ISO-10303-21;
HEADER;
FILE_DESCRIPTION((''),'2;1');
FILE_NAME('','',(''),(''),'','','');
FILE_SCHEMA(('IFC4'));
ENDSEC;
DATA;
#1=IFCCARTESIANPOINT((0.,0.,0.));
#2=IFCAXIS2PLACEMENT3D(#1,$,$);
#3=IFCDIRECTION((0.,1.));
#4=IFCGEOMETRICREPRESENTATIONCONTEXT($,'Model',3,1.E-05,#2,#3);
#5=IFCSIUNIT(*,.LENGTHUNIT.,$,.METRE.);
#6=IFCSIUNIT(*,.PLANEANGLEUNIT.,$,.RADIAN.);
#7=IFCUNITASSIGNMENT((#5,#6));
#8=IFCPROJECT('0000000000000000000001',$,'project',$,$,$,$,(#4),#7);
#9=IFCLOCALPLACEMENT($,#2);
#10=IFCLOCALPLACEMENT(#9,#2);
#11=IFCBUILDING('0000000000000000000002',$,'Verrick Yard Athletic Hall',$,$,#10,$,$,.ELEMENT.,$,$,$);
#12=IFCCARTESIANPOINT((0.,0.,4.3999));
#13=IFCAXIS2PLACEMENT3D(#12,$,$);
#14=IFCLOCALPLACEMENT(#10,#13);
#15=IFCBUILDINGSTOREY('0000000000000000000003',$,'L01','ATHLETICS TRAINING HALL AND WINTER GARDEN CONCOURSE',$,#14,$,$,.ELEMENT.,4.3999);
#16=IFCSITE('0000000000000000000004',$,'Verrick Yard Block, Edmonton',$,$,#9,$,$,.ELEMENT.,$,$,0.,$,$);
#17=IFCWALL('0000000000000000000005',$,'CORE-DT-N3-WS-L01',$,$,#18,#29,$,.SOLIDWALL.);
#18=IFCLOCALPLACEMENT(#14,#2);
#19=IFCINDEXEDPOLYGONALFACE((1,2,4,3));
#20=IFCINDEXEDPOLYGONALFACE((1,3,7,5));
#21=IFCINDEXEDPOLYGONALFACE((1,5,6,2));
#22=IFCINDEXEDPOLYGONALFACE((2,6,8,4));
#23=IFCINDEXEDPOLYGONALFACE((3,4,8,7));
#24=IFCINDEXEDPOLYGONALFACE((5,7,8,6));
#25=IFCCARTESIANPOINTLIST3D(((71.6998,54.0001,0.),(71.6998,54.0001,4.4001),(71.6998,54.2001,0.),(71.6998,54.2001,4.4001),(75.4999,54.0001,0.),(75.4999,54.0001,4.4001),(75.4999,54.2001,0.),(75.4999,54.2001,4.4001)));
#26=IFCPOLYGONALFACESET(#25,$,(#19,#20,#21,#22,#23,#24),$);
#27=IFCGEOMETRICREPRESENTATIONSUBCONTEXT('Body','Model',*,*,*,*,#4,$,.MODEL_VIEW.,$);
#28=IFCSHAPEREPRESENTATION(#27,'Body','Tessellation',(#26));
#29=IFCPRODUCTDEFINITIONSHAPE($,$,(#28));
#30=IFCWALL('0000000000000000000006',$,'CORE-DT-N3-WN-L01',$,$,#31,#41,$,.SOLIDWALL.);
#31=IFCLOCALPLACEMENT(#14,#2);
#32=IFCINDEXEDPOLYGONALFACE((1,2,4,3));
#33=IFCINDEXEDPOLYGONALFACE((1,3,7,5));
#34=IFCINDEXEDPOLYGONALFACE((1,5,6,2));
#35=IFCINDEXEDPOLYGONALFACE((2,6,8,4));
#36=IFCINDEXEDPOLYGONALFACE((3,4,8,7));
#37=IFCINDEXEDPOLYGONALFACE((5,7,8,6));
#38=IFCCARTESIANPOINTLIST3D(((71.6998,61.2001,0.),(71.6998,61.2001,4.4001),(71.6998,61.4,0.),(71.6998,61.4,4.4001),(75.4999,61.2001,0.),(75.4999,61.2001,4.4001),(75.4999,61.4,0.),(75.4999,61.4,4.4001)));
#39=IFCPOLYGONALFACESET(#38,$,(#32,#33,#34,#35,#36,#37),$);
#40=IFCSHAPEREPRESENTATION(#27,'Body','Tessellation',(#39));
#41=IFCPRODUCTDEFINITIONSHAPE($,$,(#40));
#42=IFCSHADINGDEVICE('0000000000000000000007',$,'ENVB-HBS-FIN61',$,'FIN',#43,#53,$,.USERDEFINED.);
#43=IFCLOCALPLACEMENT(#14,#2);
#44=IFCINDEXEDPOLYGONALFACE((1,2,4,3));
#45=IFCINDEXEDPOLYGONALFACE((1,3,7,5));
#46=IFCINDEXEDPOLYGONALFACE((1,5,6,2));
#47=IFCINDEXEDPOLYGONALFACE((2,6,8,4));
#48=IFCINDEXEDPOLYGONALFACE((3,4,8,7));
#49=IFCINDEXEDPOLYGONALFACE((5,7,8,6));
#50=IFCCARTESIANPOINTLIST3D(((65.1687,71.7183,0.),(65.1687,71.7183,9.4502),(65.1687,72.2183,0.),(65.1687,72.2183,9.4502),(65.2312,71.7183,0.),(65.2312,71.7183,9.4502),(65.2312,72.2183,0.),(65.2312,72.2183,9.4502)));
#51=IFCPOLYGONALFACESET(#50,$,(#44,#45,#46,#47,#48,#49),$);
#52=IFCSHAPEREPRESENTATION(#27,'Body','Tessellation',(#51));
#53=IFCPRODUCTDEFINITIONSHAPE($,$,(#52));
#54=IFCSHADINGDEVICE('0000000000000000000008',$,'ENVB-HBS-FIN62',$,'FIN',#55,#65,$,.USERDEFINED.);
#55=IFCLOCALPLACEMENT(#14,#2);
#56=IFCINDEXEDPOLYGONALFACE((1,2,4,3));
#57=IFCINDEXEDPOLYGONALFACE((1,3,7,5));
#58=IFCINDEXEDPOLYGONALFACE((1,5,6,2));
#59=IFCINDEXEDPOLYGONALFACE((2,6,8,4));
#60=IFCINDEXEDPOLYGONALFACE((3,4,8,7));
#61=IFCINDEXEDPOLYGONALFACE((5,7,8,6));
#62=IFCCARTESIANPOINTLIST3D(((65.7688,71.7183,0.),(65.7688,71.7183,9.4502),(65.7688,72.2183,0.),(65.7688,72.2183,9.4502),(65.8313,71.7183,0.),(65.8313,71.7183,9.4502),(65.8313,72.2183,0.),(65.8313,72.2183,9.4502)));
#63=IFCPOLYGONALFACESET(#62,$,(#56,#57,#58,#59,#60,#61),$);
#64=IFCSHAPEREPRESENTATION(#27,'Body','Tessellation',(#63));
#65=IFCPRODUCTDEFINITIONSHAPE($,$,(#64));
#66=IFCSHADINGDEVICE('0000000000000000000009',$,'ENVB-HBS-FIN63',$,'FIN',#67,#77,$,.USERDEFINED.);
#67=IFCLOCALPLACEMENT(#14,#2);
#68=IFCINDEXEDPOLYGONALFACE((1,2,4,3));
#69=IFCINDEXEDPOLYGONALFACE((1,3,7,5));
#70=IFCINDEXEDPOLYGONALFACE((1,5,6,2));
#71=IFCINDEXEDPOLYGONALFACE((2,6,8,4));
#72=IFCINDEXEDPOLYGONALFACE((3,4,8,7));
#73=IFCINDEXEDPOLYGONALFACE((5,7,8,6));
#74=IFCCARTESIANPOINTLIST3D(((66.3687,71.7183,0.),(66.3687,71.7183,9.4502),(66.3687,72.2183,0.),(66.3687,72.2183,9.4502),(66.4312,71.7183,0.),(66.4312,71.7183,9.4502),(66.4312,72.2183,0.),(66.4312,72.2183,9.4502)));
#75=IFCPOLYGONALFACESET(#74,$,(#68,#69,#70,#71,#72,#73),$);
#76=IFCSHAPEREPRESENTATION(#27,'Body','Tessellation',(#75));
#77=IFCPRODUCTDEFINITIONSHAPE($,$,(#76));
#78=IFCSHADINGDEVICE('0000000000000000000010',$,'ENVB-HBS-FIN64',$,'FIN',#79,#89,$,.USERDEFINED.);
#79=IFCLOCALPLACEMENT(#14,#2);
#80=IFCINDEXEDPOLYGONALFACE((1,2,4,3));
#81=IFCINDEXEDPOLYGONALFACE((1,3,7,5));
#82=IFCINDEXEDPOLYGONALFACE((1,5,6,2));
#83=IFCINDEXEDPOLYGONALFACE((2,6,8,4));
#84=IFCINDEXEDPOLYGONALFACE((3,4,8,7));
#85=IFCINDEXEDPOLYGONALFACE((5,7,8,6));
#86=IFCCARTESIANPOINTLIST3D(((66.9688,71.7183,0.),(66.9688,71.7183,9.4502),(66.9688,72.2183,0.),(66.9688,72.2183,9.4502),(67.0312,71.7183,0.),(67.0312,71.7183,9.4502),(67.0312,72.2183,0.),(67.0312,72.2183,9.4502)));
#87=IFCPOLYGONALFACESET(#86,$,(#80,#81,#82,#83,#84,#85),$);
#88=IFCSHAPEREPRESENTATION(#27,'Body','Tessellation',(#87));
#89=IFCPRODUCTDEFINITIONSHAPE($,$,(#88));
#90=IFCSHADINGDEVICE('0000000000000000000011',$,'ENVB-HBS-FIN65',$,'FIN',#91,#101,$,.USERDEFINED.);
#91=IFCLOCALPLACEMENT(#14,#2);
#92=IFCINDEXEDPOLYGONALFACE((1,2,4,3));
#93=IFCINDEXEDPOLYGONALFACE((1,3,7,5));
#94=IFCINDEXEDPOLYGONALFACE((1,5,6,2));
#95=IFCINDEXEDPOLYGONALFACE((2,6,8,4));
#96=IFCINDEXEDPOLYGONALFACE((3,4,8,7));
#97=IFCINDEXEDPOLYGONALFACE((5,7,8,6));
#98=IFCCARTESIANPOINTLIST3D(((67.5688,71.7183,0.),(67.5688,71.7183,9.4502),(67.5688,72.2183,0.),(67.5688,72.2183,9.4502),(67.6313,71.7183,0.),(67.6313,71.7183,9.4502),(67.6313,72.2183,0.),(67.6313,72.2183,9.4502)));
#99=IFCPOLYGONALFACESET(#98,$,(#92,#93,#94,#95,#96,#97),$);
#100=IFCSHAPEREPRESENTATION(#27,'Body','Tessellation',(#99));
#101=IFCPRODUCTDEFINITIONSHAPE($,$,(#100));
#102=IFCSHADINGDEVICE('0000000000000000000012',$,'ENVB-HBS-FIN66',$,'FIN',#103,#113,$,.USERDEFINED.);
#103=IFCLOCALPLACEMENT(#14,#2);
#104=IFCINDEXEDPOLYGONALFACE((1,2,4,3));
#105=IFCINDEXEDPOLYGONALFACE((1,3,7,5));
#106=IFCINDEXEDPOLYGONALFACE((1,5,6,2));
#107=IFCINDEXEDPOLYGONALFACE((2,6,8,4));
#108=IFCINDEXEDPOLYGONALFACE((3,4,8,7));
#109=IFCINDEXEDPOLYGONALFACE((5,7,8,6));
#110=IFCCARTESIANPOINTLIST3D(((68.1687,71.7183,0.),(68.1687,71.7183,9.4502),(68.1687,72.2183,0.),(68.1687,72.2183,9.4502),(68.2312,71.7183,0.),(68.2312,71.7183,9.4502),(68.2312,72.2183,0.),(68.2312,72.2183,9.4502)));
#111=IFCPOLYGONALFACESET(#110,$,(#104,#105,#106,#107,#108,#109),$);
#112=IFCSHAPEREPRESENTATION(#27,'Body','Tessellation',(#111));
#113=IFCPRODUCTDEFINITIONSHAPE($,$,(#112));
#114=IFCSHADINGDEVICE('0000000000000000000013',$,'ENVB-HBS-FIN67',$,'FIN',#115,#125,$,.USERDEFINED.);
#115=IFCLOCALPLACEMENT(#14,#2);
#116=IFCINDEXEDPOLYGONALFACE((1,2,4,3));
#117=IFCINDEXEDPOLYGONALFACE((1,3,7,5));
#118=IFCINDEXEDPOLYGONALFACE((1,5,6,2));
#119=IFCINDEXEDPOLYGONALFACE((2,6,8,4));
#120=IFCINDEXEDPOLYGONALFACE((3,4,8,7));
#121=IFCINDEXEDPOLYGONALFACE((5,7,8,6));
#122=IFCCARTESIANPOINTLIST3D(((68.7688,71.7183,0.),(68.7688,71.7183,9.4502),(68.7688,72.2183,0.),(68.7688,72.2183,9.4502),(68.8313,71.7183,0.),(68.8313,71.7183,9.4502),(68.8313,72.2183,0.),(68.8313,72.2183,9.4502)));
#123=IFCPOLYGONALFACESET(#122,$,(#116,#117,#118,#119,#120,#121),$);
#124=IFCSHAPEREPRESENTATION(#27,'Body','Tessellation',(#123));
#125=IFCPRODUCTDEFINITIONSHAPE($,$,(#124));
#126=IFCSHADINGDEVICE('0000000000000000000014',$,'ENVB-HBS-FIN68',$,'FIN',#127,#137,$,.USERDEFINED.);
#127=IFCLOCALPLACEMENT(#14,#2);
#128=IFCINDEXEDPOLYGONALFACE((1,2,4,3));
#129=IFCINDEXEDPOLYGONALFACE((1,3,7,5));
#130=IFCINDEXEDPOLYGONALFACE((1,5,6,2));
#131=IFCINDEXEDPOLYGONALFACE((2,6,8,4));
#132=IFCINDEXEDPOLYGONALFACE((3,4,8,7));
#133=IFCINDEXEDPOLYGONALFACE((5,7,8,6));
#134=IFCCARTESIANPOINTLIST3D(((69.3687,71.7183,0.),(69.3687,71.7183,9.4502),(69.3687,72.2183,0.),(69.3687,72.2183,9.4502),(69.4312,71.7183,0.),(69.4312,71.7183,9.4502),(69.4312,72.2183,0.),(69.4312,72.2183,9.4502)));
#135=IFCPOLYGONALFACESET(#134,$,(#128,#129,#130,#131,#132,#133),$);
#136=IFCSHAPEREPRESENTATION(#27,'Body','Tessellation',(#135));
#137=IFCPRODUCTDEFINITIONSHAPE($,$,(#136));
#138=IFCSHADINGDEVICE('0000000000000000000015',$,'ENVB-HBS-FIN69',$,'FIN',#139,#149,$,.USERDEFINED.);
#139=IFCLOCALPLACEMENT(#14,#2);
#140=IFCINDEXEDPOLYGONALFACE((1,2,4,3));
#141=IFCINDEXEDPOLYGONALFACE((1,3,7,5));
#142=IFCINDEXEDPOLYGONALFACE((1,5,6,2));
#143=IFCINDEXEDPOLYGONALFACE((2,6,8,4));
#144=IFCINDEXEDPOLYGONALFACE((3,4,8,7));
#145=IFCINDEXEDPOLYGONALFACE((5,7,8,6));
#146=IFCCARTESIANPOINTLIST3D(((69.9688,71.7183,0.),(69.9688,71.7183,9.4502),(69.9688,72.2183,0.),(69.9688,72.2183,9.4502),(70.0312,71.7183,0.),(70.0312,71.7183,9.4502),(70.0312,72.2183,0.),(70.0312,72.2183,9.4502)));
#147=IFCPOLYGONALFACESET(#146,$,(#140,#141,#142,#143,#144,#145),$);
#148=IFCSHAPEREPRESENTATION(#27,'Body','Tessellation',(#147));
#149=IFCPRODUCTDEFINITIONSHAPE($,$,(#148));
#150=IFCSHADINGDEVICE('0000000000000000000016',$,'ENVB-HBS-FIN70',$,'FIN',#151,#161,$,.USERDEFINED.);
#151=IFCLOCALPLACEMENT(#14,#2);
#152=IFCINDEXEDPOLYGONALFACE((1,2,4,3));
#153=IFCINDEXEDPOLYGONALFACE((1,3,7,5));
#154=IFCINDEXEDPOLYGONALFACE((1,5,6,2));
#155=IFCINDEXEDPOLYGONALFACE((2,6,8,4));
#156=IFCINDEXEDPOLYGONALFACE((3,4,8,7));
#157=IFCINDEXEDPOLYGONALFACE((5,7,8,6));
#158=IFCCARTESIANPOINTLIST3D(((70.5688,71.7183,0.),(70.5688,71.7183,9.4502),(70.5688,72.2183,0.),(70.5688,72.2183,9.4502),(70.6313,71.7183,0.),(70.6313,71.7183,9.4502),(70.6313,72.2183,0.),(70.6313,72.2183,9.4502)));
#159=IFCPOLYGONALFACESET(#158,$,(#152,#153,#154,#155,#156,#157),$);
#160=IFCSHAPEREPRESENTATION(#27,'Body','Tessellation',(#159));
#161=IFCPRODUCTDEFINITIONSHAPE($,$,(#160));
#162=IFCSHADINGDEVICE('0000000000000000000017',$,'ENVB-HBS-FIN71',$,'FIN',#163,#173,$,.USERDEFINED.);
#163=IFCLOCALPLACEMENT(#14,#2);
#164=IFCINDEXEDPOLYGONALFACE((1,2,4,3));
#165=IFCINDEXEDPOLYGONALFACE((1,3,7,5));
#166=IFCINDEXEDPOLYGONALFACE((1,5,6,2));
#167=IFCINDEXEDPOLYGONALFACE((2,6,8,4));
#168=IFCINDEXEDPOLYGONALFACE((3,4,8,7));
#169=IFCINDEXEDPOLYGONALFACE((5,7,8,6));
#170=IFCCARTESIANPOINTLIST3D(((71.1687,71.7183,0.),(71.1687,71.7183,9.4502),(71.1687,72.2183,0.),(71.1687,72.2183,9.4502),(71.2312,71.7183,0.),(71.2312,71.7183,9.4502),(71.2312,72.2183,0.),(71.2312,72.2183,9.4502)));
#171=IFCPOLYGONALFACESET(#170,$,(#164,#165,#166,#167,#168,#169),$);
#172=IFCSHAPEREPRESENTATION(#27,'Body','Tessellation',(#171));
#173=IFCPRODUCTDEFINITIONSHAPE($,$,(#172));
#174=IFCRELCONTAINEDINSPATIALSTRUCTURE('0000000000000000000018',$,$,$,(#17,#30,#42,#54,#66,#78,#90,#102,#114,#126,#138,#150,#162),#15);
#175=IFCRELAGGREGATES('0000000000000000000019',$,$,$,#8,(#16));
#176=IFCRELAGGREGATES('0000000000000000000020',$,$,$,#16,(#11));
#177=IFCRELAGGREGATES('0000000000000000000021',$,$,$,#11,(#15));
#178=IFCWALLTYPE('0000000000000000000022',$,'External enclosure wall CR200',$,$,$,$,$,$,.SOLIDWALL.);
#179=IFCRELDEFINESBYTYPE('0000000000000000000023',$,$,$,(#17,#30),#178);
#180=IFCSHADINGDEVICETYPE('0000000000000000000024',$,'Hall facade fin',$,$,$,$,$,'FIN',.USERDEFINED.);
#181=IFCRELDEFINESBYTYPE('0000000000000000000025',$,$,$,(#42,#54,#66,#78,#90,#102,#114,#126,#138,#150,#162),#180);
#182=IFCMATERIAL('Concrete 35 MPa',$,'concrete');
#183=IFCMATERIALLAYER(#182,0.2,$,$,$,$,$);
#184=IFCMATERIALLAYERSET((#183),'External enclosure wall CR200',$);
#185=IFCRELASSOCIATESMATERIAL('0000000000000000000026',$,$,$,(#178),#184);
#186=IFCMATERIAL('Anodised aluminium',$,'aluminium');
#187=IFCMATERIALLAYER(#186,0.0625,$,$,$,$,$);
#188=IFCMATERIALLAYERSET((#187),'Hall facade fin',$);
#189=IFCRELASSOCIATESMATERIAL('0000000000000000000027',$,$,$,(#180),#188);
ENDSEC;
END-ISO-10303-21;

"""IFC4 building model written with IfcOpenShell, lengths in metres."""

from ifc_helpers import new_model, si_unit, direction, frame, frame_2d, origin, place, context, subcontext, project, spatial, polyline, rectangle, outline, extrude, material, layer, layer_set, type_object, element, save


model = new_model("IFC4")

# Units and contexts
model_context = context("Model", 3, precision=1e-05, world=origin(), true_north=direction((0.0, 1.0)))
body_context = subcontext(model_context, "Body", "Model", "MODEL_VIEW")
ifc_project = project(units=[si_unit("LENGTHUNIT", "METRE"), si_unit("PLANEANGLEUNIT", "RADIAN")], contexts=[model_context])

# Site, building, storey
site_placement = place(None, origin())
site = spatial("IfcSite", under=ifc_project, at=site_placement, Name="Verrick Yard Block, Edmonton", CompositionType="ELEMENT", RefElevation=0.0)
building_placement = place(site_placement, origin())
building = spatial("IfcBuilding", under=site, at=building_placement, Name="Verrick Yard Athletic Hall", CompositionType="ELEMENT")
storey_placement = place(building_placement, frame((0.0, 0.0, 4.3999)))
storey = spatial("IfcBuildingStorey", under=building, at=storey_placement, Name="L01", Description="ATHLETICS TRAINING HALL AND WINTER GARDEN CONCOURSE", CompositionType="ELEMENT", Elevation=4.3999)

# Shared definitions
ifc_material_1 = material(Name="Anodised aluminium", Category="aluminium")

# Walls
ifc_material_2 = material(Name="Concrete 35 MPa", Category="concrete")
ifc_layer_1 = layer(ifc_material_2, 0.2)
ifc_layer_set_1 = layer_set([ifc_layer_1], Name="External enclosure wall CR200")
wall_type = type_object("IfcWallType", Name="External enclosure wall CR200", PredefinedType="SOLIDWALL", material=ifc_layer_set_1)
for number, where, z_axis, x_axis, name in (
    (1, (71.7, 54.1001, 0.0), (0.0, 0.0, 1.0), (1.0, 0.0, 0.0), "CORE-DT-N3-WS-L01"),
    (2, (71.7, 61.3, 0.0), (0.0, 0.0, 1.0), (1.0, 0.0, 0.0), "CORE-DT-N3-WN-L01"),
):
    element("IfcWall", number, at=place(storey_placement, frame(where, z_axis=z_axis, x_axis=x_axis)), inside=storey, type_object=wall_type, Name=name, PredefinedType="SOLIDWALL", context=body_context, shape_type="SweptSolid", body=[
        extrude(rectangle(XDim=3.8, YDim=0.2, at=frame_2d((1.8999, 0.0))), origin(), (0.0, 0.0, 1.0), 4.4001),
    ])

# Shading devices
ifc_layer_2 = layer(ifc_material_1, 0.0625)
ifc_layer_set_2 = layer_set([ifc_layer_2], Name="Hall facade fin")
shading_device_type = type_object("IfcShadingDeviceType", Name="Hall facade fin", ElementType="FIN", PredefinedType="USERDEFINED", material=ifc_layer_set_2)
for number, where, z_axis, x_axis, name in (
    (3, (65.2, 71.7183, 0.0), (0.0, 0.0, 1.0), (0.0, 1.0, 0.0), "ENVB-HBS-FIN61"),
    (4, (65.8, 71.7183, 0.0), (0.0, 0.0, 1.0), (0.0, 1.0, 0.0), "ENVB-HBS-FIN62"),
    (5, (66.3999, 71.7183, 0.0), (0.0, 0.0, 1.0), (0.0, 1.0, 0.0), "ENVB-HBS-FIN63"),
    (6, (67.0, 71.7183, 0.0), (0.0, 0.0, 1.0), (0.0, 1.0, 0.0), "ENVB-HBS-FIN64"),
    (7, (67.6001, 71.7183, 0.0), (0.0, 0.0, 1.0), (0.0, 1.0, 0.0), "ENVB-HBS-FIN65"),
    (8, (68.2, 71.7183, 0.0), (0.0, 0.0, 1.0), (0.0, 1.0, 0.0), "ENVB-HBS-FIN66"),
    (9, (68.8, 71.7183, 0.0), (0.0, 0.0, 1.0), (0.0, 1.0, 0.0), "ENVB-HBS-FIN67"),
    (10, (69.3999, 71.7183, 0.0), (0.0, 0.0, 1.0), (0.0, 1.0, 0.0), "ENVB-HBS-FIN68"),
    (11, (70.0, 71.7183, 0.0), (0.0, 0.0, 1.0), (0.0, 1.0, 0.0), "ENVB-HBS-FIN69"),
    (12, (70.6001, 71.7183, 0.0), (0.0, 0.0, 1.0), (0.0, 1.0, 0.0), "ENVB-HBS-FIN70"),
    (13, (71.2, 71.7183, 0.0), (0.0, 0.0, 1.0), (0.0, 1.0, 0.0), "ENVB-HBS-FIN71"),
):
    element("IfcShadingDevice", number, at=place(storey_placement, frame(where, z_axis=z_axis, x_axis=x_axis)), inside=storey, type_object=shading_device_type, Name=name, ObjectType="FIN", PredefinedType="USERDEFINED", context=body_context, shape_type="SweptSolid", body=[
        extrude(outline(polyline([(0.0, 0.0), (0.5, 0.0), (0.5, 9.4502), (0.0, 9.4502), (0.0, 0.0)])), frame((0.0, 0.0312, 0.0), z_axis=(0.0, -1.0, 0.0), x_axis=(1.0, 0.0, 0.0)), (0.0, 0.0, 1.0), 0.0625),
    ])

save(model, "model.ifc")
